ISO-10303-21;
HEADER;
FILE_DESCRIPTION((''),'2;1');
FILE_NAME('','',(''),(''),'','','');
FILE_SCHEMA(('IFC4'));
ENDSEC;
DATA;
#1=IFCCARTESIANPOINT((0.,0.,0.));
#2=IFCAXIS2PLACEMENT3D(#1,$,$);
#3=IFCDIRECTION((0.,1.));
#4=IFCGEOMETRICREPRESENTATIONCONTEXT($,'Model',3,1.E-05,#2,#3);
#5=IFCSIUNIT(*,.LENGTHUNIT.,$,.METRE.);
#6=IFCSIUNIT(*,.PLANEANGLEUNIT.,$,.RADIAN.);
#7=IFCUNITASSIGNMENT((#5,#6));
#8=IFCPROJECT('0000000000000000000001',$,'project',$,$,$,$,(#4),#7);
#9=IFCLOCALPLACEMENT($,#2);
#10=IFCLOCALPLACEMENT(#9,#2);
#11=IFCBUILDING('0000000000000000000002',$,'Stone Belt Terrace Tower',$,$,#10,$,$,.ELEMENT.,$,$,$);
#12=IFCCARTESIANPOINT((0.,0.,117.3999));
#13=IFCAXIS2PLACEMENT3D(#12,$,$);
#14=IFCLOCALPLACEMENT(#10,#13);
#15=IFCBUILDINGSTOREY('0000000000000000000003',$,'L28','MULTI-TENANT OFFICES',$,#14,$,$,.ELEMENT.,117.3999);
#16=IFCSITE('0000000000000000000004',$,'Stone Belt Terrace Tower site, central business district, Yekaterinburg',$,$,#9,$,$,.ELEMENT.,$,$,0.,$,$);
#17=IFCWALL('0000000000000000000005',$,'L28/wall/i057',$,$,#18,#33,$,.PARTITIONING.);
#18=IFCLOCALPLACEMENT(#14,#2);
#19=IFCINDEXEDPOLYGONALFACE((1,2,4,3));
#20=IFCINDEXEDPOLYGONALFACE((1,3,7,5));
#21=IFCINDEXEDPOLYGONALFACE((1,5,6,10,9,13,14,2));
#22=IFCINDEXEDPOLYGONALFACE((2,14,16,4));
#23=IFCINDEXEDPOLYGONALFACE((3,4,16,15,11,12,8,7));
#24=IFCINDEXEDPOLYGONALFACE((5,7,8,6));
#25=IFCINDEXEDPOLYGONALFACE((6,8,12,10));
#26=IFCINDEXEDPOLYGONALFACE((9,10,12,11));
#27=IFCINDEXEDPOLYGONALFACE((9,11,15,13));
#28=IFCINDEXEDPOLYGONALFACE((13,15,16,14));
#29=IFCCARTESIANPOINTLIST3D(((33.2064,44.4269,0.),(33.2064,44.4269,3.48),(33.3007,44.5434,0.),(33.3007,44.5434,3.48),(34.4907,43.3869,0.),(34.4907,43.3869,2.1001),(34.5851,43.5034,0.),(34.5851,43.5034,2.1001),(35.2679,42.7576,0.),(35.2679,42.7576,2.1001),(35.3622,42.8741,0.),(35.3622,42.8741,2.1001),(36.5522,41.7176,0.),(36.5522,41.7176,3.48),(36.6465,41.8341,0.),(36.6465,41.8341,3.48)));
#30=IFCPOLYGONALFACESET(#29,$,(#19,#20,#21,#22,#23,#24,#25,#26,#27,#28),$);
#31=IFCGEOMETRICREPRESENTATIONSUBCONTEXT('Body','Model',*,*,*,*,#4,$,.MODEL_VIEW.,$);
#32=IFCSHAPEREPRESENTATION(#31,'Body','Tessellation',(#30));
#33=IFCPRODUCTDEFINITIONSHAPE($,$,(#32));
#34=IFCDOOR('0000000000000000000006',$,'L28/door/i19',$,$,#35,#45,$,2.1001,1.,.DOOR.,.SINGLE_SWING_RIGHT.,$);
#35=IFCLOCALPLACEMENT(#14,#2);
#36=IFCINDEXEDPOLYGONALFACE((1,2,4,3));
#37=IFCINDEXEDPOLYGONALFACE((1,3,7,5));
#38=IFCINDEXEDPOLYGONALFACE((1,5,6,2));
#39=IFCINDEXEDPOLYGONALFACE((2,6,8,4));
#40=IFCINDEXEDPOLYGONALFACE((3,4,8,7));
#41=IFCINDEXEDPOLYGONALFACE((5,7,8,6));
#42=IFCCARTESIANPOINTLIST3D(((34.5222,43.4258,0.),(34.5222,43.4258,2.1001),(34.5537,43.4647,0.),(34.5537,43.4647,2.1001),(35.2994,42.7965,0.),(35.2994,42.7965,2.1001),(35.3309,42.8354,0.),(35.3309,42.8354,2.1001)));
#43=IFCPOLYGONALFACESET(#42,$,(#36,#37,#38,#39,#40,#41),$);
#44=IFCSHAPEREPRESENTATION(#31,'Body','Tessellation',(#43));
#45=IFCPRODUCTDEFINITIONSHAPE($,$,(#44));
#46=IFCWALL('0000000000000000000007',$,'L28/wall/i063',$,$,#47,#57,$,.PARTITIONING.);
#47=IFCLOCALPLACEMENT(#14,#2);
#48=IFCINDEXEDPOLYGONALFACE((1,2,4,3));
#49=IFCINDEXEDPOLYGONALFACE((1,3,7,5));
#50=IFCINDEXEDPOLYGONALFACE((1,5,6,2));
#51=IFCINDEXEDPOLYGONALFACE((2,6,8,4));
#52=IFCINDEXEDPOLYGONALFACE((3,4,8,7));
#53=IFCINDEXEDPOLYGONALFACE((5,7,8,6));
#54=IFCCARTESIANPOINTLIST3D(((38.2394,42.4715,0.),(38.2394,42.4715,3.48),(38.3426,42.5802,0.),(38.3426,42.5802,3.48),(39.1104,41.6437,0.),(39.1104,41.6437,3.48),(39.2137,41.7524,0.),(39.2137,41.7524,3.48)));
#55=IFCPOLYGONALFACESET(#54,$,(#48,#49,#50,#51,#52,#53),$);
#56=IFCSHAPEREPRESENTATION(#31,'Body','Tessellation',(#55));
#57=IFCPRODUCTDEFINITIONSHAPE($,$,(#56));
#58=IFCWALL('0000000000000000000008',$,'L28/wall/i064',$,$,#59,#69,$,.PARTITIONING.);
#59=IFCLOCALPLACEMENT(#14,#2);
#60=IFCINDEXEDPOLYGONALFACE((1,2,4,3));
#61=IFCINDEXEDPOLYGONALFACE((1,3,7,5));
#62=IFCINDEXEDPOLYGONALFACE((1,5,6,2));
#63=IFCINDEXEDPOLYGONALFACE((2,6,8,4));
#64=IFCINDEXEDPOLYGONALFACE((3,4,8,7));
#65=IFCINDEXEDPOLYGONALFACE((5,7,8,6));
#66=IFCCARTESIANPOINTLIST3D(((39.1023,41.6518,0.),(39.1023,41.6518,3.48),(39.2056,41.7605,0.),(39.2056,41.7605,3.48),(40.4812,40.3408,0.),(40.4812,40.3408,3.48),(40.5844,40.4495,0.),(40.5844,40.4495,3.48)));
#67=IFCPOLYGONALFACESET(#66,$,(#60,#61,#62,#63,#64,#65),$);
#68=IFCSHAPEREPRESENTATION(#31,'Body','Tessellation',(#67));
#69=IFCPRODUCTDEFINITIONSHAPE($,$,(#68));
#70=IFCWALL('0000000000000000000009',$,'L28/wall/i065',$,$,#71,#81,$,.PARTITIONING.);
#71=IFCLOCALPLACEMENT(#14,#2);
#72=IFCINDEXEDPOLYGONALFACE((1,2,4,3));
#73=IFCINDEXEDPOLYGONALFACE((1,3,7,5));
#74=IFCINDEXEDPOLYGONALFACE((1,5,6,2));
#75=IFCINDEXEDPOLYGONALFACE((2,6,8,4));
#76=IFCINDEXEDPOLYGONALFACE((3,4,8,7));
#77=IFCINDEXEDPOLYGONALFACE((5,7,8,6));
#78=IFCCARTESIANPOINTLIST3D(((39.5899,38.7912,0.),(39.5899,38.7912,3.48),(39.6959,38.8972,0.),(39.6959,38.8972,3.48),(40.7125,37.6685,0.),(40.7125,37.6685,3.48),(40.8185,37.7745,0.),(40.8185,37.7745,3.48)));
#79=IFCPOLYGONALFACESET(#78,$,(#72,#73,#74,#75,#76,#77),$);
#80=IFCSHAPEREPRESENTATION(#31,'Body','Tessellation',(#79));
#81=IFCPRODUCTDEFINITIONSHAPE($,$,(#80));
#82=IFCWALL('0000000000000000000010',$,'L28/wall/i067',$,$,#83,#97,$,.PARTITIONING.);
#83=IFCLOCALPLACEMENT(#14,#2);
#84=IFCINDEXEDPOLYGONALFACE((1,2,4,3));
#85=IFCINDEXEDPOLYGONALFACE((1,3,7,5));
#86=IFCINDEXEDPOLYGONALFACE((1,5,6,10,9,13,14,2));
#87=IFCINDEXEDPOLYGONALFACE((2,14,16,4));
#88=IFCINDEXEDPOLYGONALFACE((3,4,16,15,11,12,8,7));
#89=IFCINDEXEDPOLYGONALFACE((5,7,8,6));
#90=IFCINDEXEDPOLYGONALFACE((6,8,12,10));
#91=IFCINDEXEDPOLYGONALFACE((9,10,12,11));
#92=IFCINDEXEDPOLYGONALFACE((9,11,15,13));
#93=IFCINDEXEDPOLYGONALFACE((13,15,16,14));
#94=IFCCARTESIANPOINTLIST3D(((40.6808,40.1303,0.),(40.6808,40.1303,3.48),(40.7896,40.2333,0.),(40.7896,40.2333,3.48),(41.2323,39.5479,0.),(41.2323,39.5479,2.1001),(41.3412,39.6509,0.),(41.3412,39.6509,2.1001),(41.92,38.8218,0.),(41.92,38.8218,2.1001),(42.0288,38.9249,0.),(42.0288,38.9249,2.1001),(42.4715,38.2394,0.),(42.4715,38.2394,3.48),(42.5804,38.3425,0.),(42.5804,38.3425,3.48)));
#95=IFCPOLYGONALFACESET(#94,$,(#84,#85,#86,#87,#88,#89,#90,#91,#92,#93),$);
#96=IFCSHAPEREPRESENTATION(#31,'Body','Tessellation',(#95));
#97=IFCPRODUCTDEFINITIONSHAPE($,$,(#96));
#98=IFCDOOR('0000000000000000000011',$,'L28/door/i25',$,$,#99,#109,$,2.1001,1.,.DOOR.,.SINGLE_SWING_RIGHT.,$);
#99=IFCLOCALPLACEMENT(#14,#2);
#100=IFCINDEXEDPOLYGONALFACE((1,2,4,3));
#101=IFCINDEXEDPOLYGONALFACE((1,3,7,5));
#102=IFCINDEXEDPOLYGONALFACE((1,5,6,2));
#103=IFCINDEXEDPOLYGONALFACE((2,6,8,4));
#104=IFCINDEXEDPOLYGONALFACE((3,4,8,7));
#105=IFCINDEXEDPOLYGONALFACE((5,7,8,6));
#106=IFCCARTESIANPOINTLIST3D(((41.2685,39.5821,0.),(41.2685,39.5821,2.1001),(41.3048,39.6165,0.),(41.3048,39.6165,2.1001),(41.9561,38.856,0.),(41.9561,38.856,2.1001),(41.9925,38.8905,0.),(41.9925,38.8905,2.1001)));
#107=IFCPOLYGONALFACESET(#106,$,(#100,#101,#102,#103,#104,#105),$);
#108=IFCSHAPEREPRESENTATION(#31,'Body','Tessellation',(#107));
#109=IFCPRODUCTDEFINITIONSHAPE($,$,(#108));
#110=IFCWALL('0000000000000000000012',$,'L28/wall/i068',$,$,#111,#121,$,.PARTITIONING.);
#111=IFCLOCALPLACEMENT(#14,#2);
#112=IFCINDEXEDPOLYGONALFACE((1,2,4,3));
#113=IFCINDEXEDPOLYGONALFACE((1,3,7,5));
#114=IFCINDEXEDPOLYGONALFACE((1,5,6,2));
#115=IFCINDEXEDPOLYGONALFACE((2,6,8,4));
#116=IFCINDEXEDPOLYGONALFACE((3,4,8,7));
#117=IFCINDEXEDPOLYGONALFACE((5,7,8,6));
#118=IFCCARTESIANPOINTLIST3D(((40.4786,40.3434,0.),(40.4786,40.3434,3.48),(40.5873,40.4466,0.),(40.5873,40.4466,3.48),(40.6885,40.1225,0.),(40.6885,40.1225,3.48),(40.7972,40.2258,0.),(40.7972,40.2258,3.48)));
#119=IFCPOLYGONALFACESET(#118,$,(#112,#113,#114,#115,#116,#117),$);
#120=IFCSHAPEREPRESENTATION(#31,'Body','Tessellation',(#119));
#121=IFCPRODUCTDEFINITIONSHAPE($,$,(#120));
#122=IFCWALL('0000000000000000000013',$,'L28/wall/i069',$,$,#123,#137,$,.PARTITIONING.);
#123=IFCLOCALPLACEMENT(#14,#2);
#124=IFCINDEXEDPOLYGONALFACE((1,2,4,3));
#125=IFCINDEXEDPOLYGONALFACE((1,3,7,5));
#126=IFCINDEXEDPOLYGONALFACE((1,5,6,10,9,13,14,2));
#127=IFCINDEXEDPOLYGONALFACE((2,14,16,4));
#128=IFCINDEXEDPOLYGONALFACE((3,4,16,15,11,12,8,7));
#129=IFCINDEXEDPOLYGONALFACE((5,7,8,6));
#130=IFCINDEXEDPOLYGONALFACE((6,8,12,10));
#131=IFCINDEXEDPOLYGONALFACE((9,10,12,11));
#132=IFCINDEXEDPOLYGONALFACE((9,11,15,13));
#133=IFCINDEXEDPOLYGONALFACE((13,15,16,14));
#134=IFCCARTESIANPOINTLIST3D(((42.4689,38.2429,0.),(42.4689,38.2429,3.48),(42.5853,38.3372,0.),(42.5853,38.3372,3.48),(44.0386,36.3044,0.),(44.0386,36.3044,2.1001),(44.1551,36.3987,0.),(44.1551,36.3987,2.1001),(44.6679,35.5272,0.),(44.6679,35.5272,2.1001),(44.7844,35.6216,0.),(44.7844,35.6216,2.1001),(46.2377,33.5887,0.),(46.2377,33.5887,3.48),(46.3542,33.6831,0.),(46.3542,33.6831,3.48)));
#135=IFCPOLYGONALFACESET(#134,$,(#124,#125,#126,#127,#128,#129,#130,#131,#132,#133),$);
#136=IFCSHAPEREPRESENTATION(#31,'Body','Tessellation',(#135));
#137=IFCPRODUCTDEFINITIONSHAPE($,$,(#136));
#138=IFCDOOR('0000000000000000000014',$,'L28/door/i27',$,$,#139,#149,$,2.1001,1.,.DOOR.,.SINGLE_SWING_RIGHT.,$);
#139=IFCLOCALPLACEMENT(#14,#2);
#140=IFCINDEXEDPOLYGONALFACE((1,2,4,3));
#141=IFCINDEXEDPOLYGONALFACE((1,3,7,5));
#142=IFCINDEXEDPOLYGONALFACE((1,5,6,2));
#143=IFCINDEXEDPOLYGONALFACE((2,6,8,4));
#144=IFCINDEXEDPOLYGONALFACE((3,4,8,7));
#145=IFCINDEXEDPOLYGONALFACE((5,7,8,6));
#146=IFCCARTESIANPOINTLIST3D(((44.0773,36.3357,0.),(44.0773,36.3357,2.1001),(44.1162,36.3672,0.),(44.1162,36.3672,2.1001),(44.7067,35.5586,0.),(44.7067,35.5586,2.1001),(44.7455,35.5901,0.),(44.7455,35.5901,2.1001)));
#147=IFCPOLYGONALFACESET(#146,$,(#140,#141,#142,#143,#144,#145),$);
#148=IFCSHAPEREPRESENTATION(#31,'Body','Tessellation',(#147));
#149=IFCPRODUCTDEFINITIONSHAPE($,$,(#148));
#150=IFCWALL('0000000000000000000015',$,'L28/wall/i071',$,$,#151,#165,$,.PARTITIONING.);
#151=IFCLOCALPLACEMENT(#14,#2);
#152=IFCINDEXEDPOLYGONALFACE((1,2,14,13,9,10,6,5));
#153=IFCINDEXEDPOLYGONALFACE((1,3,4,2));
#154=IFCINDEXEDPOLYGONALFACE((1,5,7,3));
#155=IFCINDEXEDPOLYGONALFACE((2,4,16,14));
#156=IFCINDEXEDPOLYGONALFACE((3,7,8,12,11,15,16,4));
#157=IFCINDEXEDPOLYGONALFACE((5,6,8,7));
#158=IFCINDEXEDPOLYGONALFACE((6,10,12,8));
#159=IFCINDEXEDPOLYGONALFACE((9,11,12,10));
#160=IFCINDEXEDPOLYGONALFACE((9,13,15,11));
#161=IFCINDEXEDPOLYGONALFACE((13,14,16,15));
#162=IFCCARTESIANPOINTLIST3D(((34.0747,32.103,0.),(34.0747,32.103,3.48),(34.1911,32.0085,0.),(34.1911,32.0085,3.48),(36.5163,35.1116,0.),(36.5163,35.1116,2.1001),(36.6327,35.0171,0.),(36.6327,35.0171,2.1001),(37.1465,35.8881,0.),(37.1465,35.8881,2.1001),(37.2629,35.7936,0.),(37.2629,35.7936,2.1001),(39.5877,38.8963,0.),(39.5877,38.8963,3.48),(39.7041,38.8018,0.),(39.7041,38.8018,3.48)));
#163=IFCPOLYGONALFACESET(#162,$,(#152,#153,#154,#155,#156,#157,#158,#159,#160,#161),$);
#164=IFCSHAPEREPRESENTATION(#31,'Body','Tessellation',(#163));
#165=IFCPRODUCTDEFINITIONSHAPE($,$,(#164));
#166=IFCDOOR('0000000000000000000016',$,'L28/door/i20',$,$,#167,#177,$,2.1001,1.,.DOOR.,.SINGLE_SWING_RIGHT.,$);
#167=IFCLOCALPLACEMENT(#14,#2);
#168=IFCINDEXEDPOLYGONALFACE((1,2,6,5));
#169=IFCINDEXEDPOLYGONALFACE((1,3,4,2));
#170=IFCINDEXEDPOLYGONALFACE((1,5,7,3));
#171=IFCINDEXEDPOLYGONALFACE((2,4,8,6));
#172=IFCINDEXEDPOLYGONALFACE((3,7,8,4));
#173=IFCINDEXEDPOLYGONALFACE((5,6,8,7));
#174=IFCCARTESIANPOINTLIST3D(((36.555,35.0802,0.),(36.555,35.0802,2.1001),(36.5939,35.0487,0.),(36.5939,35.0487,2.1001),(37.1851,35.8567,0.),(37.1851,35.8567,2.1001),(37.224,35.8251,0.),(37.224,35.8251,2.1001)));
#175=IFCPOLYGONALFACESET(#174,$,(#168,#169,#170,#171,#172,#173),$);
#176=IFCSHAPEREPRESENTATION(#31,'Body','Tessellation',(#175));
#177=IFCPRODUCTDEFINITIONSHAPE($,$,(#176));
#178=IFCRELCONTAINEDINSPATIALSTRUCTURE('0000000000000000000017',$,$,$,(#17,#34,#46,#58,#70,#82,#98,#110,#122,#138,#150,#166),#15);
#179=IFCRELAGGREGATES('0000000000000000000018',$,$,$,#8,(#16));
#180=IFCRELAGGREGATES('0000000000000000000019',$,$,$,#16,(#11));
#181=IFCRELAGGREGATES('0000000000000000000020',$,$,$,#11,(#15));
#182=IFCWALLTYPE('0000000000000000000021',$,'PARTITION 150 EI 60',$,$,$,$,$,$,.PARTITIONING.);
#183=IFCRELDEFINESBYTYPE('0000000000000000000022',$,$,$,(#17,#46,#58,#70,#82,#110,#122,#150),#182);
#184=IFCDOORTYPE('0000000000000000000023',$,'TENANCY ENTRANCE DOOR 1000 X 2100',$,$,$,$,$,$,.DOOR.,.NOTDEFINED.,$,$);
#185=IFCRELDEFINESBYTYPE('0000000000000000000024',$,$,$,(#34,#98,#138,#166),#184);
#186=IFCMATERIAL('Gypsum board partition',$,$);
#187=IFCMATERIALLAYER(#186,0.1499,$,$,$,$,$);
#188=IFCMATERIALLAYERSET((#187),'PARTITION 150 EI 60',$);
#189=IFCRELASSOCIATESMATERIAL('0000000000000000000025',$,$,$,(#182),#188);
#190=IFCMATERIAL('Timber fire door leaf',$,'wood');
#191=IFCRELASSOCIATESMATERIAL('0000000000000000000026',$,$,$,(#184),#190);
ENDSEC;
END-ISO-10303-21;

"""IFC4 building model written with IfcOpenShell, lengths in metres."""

from ifc_helpers import new_model, si_unit, direction, frame, frame_2d, origin, place, context, subcontext, project, spatial, rectangle, extrude, material, layer, layer_set, type_object, element, fill, save


model = new_model("IFC4")

# Units and contexts
model_context = context("Model", 3, precision=1e-05, world=origin(), true_north=direction((0.0, 1.0)))
body_context = subcontext(model_context, "Body", "Model", "MODEL_VIEW")
ifc_project = project(units=[si_unit("LENGTHUNIT", "METRE"), si_unit("PLANEANGLEUNIT", "RADIAN")], contexts=[model_context])

# Site, building, storey
site_placement = place(None, origin())
site = spatial("IfcSite", under=ifc_project, at=site_placement, Name="Stone Belt Terrace Tower site, central business district, Yekaterinburg", CompositionType="ELEMENT", RefElevation=0.0)
building_placement = place(site_placement, origin())
building = spatial("IfcBuilding", under=site, at=building_placement, Name="Stone Belt Terrace Tower", CompositionType="ELEMENT")
storey_placement = place(building_placement, frame((0.0, 0.0, 117.3999)))
storey = spatial("IfcBuildingStorey", under=building, at=storey_placement, Name="L28", Description="MULTI-TENANT OFFICES", CompositionType="ELEMENT", Elevation=117.3999)

# Shared definitions
ifc_material_1 = material(Name="Gypsum board partition")

# Wall, opening, door
ifc_layer_1 = layer(ifc_material_1, 0.1499)
ifc_layer_set_1 = layer_set([ifc_layer_1], Name="PARTITION 150 EI 60")
wall_type_1 = type_object("IfcWallType", Name="PARTITION 150 EI 60", PredefinedType="PARTITIONING", material=ifc_layer_set_1)
wall_1_placement = place(storey_placement, frame((36.5994, 41.7759, 0.0), z_axis=(0.0, 0.0, 1.0), x_axis=(-0.777154, 0.629311, 0.0)))
wall_1 = element("IfcWall", 1, at=wall_1_placement, inside=storey, type_object=wall_type_1, Name="L28/wall/i057", PredefinedType="PARTITIONING", context=body_context, shape_type="SweptSolid", body=[
    extrude(rectangle(XDim=4.3052, YDim=0.1499, at=frame_2d((2.1526, 0.0))), origin(), (0.0, 0.0, 1.0), 3.48),
])
opening_1_placement = place(wall_1_placement, frame((1.6526, 0.0, 0.0)))
opening_1 = element("IfcOpeningElement", 2, at=opening_1_placement, cuts=wall_1, PredefinedType="OPENING", context=body_context, shape_type="SweptSolid", body=[
    extrude(rectangle(XDim=1.0, YDim=2.1001, at=frame_2d((0.5, 1.05))), frame((0.0, 0.085, 0.0), z_axis=(0.0, -1.0, 0.0), x_axis=(1.0, 0.0, 0.0)), (0.0, 0.0, 1.0), 0.1699),
])
ifc_material_2 = material(Name="Timber fire door leaf", Category="wood")
door_type = type_object("IfcDoorType", Name="TENANCY ENTRANCE DOOR 1000 X 2100", OperationType="NOTDEFINED", PredefinedType="DOOR", material=ifc_material_2)
door_1_placement = place(opening_1_placement, origin())
door_1 = element("IfcDoor", 3, at=door_1_placement, inside=storey, type_object=door_type, Name="L28/door/i19", OperationType="SINGLE_SWING_RIGHT", OverallHeight=2.1001, OverallWidth=1.0, PredefinedType="DOOR", context=body_context, shape_type="SweptSolid", body=[
    extrude(rectangle(XDim=1.0, YDim=2.1001, at=frame_2d((0.5, 1.05))), frame((0.0, 0.0249, 0.0), z_axis=(0.0, -1.0, 0.0), x_axis=(1.0, 0.0, 0.0)), (0.0, 0.0, 1.0), 0.05),
])
fill(opening_1, door_1)

# Walls
wall_2_placement = place(storey_placement, frame((38.291, 42.5259, 0.0), z_axis=(0.0, 0.0, 1.0), x_axis=(0.724857, -0.688899, 0.0)))
element("IfcWall", 4, at=wall_2_placement, inside=storey, type_object=wall_type_1, Name="L28/wall/i063", PredefinedType="PARTITIONING", context=body_context, shape_type="SweptSolid", body=[
    extrude(rectangle(XDim=1.2017, YDim=0.1499, at=frame_2d((0.6008, 0.0))), origin(), (0.0, 0.0, 1.0), 3.48),
])
wall_3_placement = place(storey_placement, frame((39.1541, 41.7061, 0.0), z_axis=(0.0, 0.0, 1.0), x_axis=(0.724717, -0.689046, 0.0)))
element("IfcWall", 5, at=wall_3_placement, inside=storey, type_object=wall_type_1, Name="L28/wall/i064", PredefinedType="PARTITIONING", context=body_context, shape_type="SweptSolid", body=[
    extrude(rectangle(XDim=1.9026, YDim=0.1499, at=frame_2d((0.9512, 0.0))), origin(), (0.0, 0.0, 1.0), 3.48),
])
wall_4_placement = place(storey_placement, frame((40.7656, 37.7214, 0.0), z_axis=(0.0, 0.0, 1.0), x_axis=(-0.707107, 0.707107, 0.0)))
element("IfcWall", 6, at=wall_4_placement, inside=storey, type_object=wall_type_1, Name="L28/wall/i065", PredefinedType="PARTITIONING", context=body_context, shape_type="SweptSolid", body=[
    extrude(rectangle(XDim=1.5876, YDim=0.1499, at=frame_2d((0.7939, 0.0))), origin(), (0.0, 0.0, 1.0), 3.48),
])

# Wall, opening, door
wall_5_placement = place(storey_placement, frame((40.7351, 40.1819, 0.0), z_axis=(0.0, 0.0, 1.0), x_axis=(0.687628, -0.726064, 0.0)))
wall_5 = element("IfcWall", 7, at=wall_5_placement, inside=storey, type_object=wall_type_1, Name="L28/wall/i067", PredefinedType="PARTITIONING", context=body_context, shape_type="SweptSolid", body=[
    extrude(rectangle(XDim=2.6042, YDim=0.1499, at=frame_2d((1.3022, 0.0))), origin(), (0.0, 0.0, 1.0), 3.48),
])
opening_2_placement = place(wall_5_placement, frame((0.8022, 0.0, 0.0)))
opening_2 = element("IfcOpeningElement", 8, at=opening_2_placement, cuts=wall_5, PredefinedType="OPENING", context=body_context, shape_type="SweptSolid", body=[
    extrude(rectangle(XDim=1.0, YDim=2.1001, at=frame_2d((0.5, 1.05))), frame((0.0, 0.085, 0.0), z_axis=(0.0, -1.0, 0.0), x_axis=(1.0, 0.0, 0.0)), (0.0, 0.0, 1.0), 0.1699),
])
door_2_placement = place(opening_2_placement, origin())
door_2 = element("IfcDoor", 9, at=door_2_placement, inside=storey, type_object=door_type, Name="L28/door/i25", OperationType="SINGLE_SWING_RIGHT", OverallHeight=2.1001, OverallWidth=1.0, PredefinedType="DOOR", context=body_context, shape_type="SweptSolid", body=[
    extrude(rectangle(XDim=1.0, YDim=2.1001, at=frame_2d((0.5, 1.05))), frame((0.0, 0.0249, 0.0), z_axis=(0.0, -1.0, 0.0), x_axis=(1.0, 0.0, 0.0)), (0.0, 0.0, 1.0), 0.05),
])
fill(opening_2, door_2)

# Wall
wall_6_placement = place(storey_placement, frame((40.533, 40.395, 0.0), z_axis=(0.0, 0.0, 1.0), x_axis=(0.688855, -0.724899, 0.0)))
element("IfcWall", 10, at=wall_6_placement, inside=storey, type_object=wall_type_1, Name="L28/wall/i068", PredefinedType="PARTITIONING", context=body_context, shape_type="SweptSolid", body=[
    extrude(rectangle(XDim=0.3047, YDim=0.1499, at=frame_2d((0.1523, 0.0))), origin(), (0.0, 0.0, 1.0), 3.48),
])

# Walls, openings, doors
wall_7_placement = place(storey_placement, frame((42.5271, 38.29, 0.0), z_axis=(0.0, 0.0, 1.0), x_axis=(0.629323, -0.777144, 0.0)))
wall_7 = element("IfcWall", 11, at=wall_7_placement, inside=storey, type_object=wall_type_1, Name="L28/wall/i069", PredefinedType="PARTITIONING", context=body_context, shape_type="SweptSolid", body=[
    extrude(rectangle(XDim=5.9888, YDim=0.1499, at=frame_2d((2.9944, 0.0))), origin(), (0.0, 0.0, 1.0), 3.48),
])
opening_3_placement = place(wall_7_placement, frame((2.4944, 0.0, 0.0)))
opening_3 = element("IfcOpeningElement", 12, at=opening_3_placement, cuts=wall_7, PredefinedType="OPENING", context=body_context, shape_type="SweptSolid", body=[
    extrude(rectangle(XDim=1.0, YDim=2.1001, at=frame_2d((0.5, 1.05))), frame((0.0, 0.085, 0.0), z_axis=(0.0, -1.0, 0.0), x_axis=(1.0, 0.0, 0.0)), (0.0, 0.0, 1.0), 0.1699),
])
door_3_placement = place(opening_3_placement, origin())
door_3 = element("IfcDoor", 13, at=door_3_placement, inside=storey, type_object=door_type, Name="L28/door/i27", OperationType="SINGLE_SWING_RIGHT", OverallHeight=2.1001, OverallWidth=1.0, PredefinedType="DOOR", context=body_context, shape_type="SweptSolid", body=[
    extrude(rectangle(XDim=1.0, YDim=2.1001, at=frame_2d((0.5, 1.05))), frame((0.0, 0.0249, 0.0), z_axis=(0.0, -1.0, 0.0), x_axis=(1.0, 0.0, 0.0)), (0.0, 0.0, 1.0), 0.05),
])
fill(opening_3, door_3)
wall_8_placement = place(storey_placement, frame((39.646, 38.8491, 0.0), z_axis=(0.0, 0.0, 1.0), x_axis=(-0.630142, -0.77648, 0.0)))
wall_8 = element("IfcWall", 14, at=wall_8_placement, inside=storey, type_object=wall_type_1, Name="L28/wall/i071", PredefinedType="PARTITIONING", context=body_context, shape_type="SweptSolid", body=[
    extrude(rectangle(XDim=8.7488, YDim=0.1499, at=frame_2d((4.3745, 0.0))), origin(), (0.0, 0.0, 1.0), 3.48),
])
opening_4_placement = place(wall_8_placement, frame((3.8743, 0.0, 0.0)))
opening_4 = element("IfcOpeningElement", 15, at=opening_4_placement, cuts=wall_8, PredefinedType="OPENING", context=body_context, shape_type="SweptSolid", body=[
    extrude(rectangle(XDim=1.0, YDim=2.1001, at=frame_2d((0.5, 1.05))), frame((0.0, 0.085, 0.0), z_axis=(0.0, -1.0, 0.0), x_axis=(1.0, 0.0, 0.0)), (0.0, 0.0, 1.0), 0.1699),
])
door_4_placement = place(opening_4_placement, origin())
door_4 = element("IfcDoor", 16, at=door_4_placement, inside=storey, type_object=door_type, Name="L28/door/i20", OperationType="SINGLE_SWING_RIGHT", OverallHeight=2.1001, OverallWidth=1.0, PredefinedType="DOOR", context=body_context, shape_type="SweptSolid", body=[
    extrude(rectangle(XDim=1.0, YDim=2.1001, at=frame_2d((0.5, 1.05))), frame((0.0, 0.0249, 0.0), z_axis=(0.0, -1.0, 0.0), x_axis=(1.0, 0.0, 0.0)), (0.0, 0.0, 1.0), 0.05),
])
fill(opening_4, door_4)

save(model, "model.ifc")
